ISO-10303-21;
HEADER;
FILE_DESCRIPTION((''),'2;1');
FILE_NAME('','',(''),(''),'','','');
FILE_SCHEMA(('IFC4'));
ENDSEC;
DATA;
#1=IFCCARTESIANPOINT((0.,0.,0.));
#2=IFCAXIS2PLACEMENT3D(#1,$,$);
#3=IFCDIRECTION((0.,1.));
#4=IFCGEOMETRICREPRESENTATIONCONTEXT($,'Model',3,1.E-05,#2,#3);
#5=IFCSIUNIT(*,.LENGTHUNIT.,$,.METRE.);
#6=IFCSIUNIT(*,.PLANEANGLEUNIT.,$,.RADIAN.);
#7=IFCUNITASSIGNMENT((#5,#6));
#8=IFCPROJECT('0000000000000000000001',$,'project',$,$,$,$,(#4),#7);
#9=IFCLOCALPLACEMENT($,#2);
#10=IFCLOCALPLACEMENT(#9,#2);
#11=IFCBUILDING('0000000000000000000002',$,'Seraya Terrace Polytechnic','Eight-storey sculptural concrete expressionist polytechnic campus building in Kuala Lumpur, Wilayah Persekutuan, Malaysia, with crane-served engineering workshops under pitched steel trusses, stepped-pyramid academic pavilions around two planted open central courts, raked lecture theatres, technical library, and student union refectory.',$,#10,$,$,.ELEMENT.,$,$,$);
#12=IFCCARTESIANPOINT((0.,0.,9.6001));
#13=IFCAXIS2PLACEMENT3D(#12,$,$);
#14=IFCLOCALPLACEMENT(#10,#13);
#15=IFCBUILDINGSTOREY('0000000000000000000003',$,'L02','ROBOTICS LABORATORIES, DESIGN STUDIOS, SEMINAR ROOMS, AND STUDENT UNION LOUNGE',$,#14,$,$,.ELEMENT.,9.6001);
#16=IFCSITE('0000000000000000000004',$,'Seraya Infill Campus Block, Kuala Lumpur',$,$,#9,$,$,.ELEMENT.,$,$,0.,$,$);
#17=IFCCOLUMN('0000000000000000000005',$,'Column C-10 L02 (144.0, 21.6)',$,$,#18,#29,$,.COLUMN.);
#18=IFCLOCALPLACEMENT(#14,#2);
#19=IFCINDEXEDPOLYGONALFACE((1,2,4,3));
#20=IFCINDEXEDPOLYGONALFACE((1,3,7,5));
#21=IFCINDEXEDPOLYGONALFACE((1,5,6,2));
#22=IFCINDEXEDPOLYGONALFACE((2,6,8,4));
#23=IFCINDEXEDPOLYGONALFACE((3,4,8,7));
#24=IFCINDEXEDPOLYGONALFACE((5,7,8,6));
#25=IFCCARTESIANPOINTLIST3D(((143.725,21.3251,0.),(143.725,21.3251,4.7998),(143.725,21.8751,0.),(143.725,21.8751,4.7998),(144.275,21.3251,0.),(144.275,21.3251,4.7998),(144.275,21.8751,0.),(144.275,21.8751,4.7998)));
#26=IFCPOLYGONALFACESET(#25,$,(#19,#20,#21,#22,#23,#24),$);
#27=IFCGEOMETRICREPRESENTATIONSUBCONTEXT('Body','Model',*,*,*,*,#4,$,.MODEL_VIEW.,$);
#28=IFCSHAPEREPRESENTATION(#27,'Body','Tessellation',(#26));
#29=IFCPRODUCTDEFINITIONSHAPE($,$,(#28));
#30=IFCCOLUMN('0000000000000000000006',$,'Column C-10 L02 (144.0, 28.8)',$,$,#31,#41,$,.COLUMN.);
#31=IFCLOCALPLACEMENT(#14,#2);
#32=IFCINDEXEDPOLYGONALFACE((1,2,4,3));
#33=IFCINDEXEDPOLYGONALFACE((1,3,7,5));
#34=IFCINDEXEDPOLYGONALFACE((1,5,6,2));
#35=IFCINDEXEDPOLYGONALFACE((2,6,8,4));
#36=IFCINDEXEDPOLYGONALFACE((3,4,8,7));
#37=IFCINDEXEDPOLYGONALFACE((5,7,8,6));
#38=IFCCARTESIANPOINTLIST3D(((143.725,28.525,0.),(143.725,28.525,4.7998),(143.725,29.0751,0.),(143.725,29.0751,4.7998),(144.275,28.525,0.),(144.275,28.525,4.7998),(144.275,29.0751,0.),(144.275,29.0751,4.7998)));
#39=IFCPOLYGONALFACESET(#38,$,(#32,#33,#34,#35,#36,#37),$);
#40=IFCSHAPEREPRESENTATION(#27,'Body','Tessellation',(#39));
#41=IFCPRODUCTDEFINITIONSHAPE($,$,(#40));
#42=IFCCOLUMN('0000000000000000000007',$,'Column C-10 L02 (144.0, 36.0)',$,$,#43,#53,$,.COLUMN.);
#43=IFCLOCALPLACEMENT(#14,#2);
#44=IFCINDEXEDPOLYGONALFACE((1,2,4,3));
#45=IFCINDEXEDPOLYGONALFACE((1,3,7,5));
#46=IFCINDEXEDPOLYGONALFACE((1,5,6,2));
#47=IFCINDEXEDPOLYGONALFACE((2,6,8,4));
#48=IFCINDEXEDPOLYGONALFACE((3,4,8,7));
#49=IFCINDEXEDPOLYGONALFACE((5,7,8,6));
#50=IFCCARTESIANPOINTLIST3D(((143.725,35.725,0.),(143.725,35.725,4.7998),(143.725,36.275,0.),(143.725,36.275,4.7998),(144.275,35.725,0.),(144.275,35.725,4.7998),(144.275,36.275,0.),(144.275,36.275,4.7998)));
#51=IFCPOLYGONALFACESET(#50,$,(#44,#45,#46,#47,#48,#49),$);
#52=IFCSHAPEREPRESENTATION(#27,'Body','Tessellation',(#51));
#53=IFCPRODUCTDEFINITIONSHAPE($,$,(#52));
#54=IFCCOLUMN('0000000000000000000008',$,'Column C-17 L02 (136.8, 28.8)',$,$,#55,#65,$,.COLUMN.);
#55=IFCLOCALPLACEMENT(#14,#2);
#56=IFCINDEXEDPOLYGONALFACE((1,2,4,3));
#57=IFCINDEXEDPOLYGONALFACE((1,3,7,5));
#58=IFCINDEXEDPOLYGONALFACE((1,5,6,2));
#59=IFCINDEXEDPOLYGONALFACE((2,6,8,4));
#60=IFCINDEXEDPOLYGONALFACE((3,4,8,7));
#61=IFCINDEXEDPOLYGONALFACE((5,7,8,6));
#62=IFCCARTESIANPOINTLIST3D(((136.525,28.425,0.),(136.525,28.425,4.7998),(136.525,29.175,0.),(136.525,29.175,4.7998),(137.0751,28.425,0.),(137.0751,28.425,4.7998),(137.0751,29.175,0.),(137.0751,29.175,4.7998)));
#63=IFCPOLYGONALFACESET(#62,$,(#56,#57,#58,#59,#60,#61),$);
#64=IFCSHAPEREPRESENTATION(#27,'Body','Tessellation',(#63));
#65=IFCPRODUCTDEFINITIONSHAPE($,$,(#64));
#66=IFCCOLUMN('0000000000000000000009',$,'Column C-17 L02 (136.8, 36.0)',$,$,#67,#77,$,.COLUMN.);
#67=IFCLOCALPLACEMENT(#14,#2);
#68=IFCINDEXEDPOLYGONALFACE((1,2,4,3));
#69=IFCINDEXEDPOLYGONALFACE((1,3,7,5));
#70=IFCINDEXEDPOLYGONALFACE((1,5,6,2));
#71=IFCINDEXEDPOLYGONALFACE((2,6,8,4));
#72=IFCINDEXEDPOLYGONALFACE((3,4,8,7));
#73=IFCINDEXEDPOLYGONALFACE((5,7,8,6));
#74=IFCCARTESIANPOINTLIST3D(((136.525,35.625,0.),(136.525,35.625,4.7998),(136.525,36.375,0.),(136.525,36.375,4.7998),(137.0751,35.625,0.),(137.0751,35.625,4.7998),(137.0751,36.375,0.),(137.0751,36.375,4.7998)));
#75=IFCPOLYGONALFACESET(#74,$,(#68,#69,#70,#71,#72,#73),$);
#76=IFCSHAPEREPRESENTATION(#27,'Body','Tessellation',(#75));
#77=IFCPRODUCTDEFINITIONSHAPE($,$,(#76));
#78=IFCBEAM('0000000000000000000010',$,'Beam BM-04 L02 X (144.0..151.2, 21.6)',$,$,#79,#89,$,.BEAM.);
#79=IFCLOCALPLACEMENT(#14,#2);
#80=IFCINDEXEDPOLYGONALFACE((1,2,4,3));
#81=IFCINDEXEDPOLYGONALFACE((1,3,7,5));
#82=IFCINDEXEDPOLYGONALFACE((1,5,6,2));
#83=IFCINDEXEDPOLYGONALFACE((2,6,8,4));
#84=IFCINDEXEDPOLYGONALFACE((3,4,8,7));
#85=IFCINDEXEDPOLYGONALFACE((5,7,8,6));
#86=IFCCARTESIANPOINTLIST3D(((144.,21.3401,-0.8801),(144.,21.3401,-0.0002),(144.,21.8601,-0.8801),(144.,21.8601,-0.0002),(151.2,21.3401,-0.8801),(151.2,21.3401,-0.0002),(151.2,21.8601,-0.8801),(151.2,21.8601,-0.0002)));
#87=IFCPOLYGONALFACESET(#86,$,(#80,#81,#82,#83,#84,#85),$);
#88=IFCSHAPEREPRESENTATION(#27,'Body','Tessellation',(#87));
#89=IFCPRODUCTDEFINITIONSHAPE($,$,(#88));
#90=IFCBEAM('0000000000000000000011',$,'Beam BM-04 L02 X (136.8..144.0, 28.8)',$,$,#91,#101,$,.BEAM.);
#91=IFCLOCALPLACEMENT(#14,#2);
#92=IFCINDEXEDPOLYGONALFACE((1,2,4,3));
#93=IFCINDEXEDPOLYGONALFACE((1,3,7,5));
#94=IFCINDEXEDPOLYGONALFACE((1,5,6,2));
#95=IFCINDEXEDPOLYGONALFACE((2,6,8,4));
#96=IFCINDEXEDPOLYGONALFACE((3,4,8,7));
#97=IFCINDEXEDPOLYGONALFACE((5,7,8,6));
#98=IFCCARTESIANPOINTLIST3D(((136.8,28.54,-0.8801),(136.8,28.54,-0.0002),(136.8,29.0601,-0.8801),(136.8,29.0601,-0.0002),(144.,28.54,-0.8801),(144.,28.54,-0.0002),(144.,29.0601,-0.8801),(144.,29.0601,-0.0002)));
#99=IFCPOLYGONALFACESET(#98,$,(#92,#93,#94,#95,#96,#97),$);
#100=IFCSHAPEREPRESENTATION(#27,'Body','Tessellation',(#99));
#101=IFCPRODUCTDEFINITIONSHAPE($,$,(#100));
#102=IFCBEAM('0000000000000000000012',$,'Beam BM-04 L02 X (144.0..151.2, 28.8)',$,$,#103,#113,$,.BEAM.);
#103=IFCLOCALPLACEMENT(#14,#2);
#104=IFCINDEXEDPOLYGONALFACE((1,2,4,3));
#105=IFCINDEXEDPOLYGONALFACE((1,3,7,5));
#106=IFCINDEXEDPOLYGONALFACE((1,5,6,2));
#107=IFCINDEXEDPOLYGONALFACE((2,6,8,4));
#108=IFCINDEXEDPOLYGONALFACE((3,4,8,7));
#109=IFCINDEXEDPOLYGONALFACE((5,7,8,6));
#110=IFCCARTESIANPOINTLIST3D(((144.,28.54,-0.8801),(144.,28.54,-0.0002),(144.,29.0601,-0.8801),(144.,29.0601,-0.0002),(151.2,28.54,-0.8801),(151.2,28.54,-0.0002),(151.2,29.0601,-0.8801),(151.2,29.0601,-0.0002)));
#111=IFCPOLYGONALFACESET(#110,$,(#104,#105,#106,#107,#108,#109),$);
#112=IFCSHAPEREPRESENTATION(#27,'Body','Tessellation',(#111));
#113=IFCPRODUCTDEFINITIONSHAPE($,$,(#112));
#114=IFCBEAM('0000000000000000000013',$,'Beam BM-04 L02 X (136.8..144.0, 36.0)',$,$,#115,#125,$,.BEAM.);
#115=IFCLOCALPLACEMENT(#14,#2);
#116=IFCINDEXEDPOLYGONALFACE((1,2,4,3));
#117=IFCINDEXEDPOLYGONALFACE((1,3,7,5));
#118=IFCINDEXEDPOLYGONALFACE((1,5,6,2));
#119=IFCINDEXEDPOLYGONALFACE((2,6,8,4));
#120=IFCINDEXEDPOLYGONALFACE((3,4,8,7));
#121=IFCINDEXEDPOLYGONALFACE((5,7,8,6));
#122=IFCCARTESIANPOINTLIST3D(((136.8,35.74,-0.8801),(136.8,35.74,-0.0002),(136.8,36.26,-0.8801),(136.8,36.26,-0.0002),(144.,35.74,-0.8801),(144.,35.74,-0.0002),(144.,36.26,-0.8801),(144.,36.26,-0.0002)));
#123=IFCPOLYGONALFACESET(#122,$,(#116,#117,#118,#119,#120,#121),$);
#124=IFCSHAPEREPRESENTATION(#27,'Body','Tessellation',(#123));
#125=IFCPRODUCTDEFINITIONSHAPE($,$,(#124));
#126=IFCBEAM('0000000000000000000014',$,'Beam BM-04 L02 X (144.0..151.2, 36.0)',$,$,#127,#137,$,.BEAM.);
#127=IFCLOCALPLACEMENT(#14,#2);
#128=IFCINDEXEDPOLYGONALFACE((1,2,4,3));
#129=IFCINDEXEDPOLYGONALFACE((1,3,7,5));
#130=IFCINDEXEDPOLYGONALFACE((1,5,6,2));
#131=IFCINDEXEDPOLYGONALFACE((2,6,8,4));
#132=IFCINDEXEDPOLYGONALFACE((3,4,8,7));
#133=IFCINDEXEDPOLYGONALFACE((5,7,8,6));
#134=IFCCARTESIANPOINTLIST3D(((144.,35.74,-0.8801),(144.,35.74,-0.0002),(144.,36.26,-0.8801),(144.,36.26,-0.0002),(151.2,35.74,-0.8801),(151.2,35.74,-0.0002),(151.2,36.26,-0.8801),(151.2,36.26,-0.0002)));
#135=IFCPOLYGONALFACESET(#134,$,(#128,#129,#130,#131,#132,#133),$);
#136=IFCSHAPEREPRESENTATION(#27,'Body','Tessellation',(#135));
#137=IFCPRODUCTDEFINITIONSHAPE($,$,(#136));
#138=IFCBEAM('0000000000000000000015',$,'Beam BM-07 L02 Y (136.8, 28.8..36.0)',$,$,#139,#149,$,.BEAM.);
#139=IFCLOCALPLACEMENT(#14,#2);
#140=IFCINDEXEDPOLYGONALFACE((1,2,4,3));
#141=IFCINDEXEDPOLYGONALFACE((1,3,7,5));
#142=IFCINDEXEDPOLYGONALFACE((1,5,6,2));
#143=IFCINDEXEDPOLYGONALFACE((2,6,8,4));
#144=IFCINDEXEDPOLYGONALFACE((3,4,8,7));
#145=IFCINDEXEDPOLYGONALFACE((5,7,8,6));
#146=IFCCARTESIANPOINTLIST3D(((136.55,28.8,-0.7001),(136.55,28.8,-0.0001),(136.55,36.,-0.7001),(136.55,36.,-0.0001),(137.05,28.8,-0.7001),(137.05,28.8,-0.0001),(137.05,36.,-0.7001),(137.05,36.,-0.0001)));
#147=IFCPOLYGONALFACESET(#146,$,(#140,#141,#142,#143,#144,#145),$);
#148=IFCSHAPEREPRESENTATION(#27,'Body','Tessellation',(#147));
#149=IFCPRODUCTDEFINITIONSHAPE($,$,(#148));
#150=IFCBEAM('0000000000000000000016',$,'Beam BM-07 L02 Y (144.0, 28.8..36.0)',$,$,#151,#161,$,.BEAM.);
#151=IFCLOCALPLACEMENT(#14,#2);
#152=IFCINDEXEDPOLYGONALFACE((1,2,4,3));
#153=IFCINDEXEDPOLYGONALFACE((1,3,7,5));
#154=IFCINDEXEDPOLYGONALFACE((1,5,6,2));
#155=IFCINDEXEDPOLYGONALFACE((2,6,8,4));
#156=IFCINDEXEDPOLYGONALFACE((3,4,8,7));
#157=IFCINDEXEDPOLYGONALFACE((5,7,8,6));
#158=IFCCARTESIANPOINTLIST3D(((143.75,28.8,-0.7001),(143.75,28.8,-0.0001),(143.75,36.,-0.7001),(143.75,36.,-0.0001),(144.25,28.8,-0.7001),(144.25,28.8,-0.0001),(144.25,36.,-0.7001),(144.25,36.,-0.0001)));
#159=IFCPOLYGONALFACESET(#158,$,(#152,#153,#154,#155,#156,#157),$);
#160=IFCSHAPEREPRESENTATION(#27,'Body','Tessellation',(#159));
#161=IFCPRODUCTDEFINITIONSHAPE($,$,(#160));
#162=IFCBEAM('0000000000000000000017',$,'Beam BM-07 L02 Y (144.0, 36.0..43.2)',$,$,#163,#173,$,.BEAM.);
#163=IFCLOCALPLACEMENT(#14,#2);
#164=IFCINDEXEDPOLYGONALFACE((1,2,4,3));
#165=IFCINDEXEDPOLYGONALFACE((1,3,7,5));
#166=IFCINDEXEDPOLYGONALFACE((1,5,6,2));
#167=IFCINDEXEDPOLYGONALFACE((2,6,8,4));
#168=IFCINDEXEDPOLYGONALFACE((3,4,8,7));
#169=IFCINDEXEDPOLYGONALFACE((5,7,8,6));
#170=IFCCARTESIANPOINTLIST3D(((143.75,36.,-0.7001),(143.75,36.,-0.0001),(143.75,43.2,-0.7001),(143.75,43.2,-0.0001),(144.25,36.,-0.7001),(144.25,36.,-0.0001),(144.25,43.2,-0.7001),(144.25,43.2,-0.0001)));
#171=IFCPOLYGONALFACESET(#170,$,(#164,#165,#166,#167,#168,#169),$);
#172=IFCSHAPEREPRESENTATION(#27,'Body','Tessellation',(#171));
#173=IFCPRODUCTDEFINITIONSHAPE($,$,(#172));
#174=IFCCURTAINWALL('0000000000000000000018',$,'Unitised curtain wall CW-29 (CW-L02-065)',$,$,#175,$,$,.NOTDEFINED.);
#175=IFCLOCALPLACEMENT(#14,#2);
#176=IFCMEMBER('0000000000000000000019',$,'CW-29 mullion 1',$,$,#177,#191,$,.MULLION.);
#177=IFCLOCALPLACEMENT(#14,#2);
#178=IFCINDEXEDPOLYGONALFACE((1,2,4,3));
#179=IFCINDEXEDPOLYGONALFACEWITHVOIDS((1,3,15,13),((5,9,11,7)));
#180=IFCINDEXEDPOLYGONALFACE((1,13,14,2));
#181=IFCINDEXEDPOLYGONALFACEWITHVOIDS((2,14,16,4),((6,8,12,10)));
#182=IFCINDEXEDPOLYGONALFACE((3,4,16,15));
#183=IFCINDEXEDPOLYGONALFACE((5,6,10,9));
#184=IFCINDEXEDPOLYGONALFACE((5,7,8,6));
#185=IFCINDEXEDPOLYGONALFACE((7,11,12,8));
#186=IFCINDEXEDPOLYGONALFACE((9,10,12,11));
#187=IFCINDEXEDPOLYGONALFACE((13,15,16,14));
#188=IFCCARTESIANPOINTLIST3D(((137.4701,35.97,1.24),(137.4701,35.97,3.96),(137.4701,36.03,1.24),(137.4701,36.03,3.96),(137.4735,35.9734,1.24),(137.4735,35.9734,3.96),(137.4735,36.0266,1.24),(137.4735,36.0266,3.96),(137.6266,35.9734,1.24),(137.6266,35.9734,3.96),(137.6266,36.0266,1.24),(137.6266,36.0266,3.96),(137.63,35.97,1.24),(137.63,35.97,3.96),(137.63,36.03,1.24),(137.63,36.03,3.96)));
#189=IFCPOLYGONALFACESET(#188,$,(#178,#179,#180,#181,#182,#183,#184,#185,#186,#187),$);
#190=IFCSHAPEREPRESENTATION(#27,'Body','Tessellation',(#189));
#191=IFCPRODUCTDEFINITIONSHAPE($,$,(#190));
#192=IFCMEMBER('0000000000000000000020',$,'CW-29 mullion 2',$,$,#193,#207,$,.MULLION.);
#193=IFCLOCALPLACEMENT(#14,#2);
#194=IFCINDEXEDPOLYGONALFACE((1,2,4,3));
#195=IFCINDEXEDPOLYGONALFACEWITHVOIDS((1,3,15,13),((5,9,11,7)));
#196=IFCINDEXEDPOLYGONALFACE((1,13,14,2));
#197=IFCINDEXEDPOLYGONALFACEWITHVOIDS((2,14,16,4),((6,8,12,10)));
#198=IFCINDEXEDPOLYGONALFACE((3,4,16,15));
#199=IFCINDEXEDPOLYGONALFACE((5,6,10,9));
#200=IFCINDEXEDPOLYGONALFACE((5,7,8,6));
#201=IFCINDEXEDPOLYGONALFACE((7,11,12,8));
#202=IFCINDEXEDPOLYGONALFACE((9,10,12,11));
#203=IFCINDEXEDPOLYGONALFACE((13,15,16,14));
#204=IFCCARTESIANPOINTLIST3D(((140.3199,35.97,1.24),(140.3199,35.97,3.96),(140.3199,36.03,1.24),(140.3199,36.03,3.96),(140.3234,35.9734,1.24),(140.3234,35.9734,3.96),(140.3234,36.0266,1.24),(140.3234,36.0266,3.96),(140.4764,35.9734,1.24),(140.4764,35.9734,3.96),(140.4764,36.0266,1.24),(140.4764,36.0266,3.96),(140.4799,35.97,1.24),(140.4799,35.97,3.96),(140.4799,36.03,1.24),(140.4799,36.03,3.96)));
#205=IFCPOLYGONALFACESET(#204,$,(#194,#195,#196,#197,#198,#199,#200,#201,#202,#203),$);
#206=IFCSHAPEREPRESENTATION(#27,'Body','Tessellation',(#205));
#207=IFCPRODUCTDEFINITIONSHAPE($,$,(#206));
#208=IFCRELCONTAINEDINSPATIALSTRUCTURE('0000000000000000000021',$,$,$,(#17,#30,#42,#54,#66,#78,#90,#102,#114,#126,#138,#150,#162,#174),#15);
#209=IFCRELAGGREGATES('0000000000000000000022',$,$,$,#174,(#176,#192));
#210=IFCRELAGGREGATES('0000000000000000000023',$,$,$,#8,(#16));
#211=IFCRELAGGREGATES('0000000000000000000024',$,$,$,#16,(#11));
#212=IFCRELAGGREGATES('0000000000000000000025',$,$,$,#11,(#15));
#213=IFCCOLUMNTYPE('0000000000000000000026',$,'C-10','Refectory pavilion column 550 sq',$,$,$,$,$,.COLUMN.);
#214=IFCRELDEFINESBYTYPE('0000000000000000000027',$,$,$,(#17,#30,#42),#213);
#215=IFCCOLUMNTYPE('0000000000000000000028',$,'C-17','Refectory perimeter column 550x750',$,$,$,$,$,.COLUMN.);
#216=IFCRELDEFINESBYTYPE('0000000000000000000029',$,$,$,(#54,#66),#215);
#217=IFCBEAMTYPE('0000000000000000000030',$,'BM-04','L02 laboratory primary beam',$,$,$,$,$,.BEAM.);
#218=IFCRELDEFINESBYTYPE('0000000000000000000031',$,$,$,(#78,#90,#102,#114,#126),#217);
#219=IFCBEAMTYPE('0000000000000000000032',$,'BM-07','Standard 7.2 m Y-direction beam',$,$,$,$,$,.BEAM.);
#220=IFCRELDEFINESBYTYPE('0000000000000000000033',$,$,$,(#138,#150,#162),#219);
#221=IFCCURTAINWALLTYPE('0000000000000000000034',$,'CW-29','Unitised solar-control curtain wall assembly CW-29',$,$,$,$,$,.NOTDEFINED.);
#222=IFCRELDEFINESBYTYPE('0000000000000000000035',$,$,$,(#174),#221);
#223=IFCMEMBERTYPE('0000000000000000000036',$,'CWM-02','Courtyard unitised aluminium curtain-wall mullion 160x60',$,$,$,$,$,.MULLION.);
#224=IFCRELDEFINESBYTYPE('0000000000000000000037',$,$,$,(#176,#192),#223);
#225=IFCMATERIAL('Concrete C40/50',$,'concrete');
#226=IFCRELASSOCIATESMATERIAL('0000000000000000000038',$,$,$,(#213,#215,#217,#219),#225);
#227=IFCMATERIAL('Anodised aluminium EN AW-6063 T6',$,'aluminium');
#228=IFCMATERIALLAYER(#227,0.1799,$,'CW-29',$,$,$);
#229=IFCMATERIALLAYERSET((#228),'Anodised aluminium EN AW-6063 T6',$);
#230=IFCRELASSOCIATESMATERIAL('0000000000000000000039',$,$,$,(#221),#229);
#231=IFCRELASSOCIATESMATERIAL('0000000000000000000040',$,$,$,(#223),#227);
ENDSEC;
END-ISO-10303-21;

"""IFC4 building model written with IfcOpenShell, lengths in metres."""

from ifc_helpers import new_model, si_unit, direction, frame, origin, origin_2d, place, context, subcontext, project, spatial, rectangle, hollow_rectangle, extrude, material, layer, layer_set, material_profile, profile_set, type_object, element, aggregate, save


model = new_model("IFC4")

# Units and contexts
model_context = context("Model", 3, precision=1e-05, world=origin(), true_north=direction((0.0, 1.0)))
body_context = subcontext(model_context, "Body", "Model", "MODEL_VIEW")
ifc_project = project(units=[si_unit("LENGTHUNIT", "METRE"), si_unit("PLANEANGLEUNIT", "RADIAN")], contexts=[model_context])

# Site, building, storey
site_placement = place(None, origin())
site = spatial("IfcSite", under=ifc_project, at=site_placement, Name="Seraya Infill Campus Block, Kuala Lumpur", CompositionType="ELEMENT", RefElevation=0.0)
building_placement = place(site_placement, origin())
building = spatial("IfcBuilding", under=site, at=building_placement, Name="Seraya Terrace Polytechnic", Description="Eight-storey sculptural concrete expressionist polytechnic campus building in Kuala Lumpur, Wilayah Persekutuan, Malaysia, with crane-served engineering workshops under pitched steel trusses, stepped-pyramid academic pavilions around two planted open central courts, raked lecture theatres, technical library, and student union refectory.", CompositionType="ELEMENT")
storey_placement = place(building_placement, frame((0.0, 0.0, 9.6001)))
storey = spatial("IfcBuildingStorey", under=building, at=storey_placement, Name="L02", Description="ROBOTICS LABORATORIES, DESIGN STUDIOS, SEMINAR ROOMS, AND STUDENT UNION LOUNGE", CompositionType="ELEMENT", Elevation=9.6001)

# Columns
ifc_material_1 = material(Name="Concrete C40/50", Category="concrete")
ifc_material_profile_1 = material_profile(ifc_material_1, rectangle(XDim=0.55, YDim=0.55, at=origin_2d()), Name="RC 550x550")
ifc_profile_set_1 = profile_set([ifc_material_profile_1], Name="Concrete C40/50")
column_type_1 = type_object("IfcColumnType", Name="C-10", Description="Refectory pavilion column 550 sq", PredefinedType="COLUMN", material=ifc_profile_set_1)
for number, where, z_axis, x_axis, name in (
    (1, (144.0, 21.6001, 0.0), (0.0, 0.0, 1.0), (1.0, 0.0, 0.0), "Column C-10 L02 (144.0, 21.6)"),
    (2, (144.0, 28.8, 0.0), (0.0, 0.0, 1.0), (1.0, 0.0, 0.0), "Column C-10 L02 (144.0, 28.8)"),
    (3, (144.0, 36.0, 0.0), (0.0, 0.0, 1.0), (1.0, 0.0, 0.0), "Column C-10 L02 (144.0, 36.0)"),
):
    element("IfcColumn", number, at=place(storey_placement, frame(where, z_axis=z_axis, x_axis=x_axis)), inside=storey, type_object=column_type_1, Name=name, PredefinedType="COLUMN", context=body_context, shape_type="SweptSolid", body=[
        extrude(rectangle(XDim=0.55, YDim=0.55, at=origin_2d()), origin(), (0.0, 0.0, 1.0), 4.7998),
    ])
ifc_material_profile_2 = material_profile(ifc_material_1, rectangle(XDim=0.55, YDim=0.75, at=origin_2d()), Name="RC 550x750")
ifc_profile_set_2 = profile_set([ifc_material_profile_2], Name="Concrete C40/50")
column_type_2 = type_object("IfcColumnType", Name="C-17", Description="Refectory perimeter column 550x750", PredefinedType="COLUMN", material=ifc_profile_set_2)
for number, where, z_axis, x_axis, name in (
    (4, (136.8, 28.8, 0.0), (0.0, 0.0, 1.0), (1.0, 0.0, 0.0), "Column C-17 L02 (136.8, 28.8)"),
    (5, (136.8, 36.0, 0.0), (0.0, 0.0, 1.0), (1.0, 0.0, 0.0), "Column C-17 L02 (136.8, 36.0)"),
):
    element("IfcColumn", number, at=place(storey_placement, frame(where, z_axis=z_axis, x_axis=x_axis)), inside=storey, type_object=column_type_2, Name=name, PredefinedType="COLUMN", context=body_context, shape_type="SweptSolid", body=[
        extrude(rectangle(XDim=0.55, YDim=0.75, at=origin_2d()), origin(), (0.0, 0.0, 1.0), 4.7998),
    ])

# Beams
ifc_material_profile_3 = material_profile(ifc_material_1, rectangle(XDim=0.52, YDim=0.8799, at=origin_2d()), Name="RC 520x880")
ifc_profile_set_3 = profile_set([ifc_material_profile_3], Name="Concrete C40/50")
beam_type_1 = type_object("IfcBeamType", Name="BM-04", Description="L02 laboratory primary beam", PredefinedType="BEAM", material=ifc_profile_set_3)
for number, where, z_axis, x_axis, name in (
    (6, (144.0, 21.6001, -0.4402), (1.0, 0.0, 0.0), (0.0, 1.0, 0.0), "Beam BM-04 L02 X (144.0..151.2, 21.6)"),
    (7, (136.8, 28.8, -0.4402), (1.0, 0.0, 0.0), (0.0, 1.0, 0.0), "Beam BM-04 L02 X (136.8..144.0, 28.8)"),
    (8, (144.0, 28.8, -0.4402), (1.0, 0.0, 0.0), (0.0, 1.0, 0.0), "Beam BM-04 L02 X (144.0..151.2, 28.8)"),
    (9, (136.8, 36.0, -0.4402), (1.0, 0.0, 0.0), (0.0, 1.0, 0.0), "Beam BM-04 L02 X (136.8..144.0, 36.0)"),
    (10, (144.0, 36.0, -0.4402), (1.0, 0.0, 0.0), (0.0, 1.0, 0.0), "Beam BM-04 L02 X (144.0..151.2, 36.0)"),
):
    element("IfcBeam", number, at=place(storey_placement, frame(where, z_axis=z_axis, x_axis=x_axis)), inside=storey, type_object=beam_type_1, Name=name, PredefinedType="BEAM", context=body_context, shape_type="SweptSolid", body=[
        extrude(rectangle(XDim=0.52, YDim=0.8799, at=origin_2d()), origin(), (0.0, 0.0, 1.0), 7.2),
    ])
ifc_material_profile_4 = material_profile(ifc_material_1, rectangle(XDim=0.5, YDim=0.7, at=origin_2d()), Name="RC 500x700")
ifc_profile_set_4 = profile_set([ifc_material_profile_4], Name="Concrete C40/50")
beam_type_2 = type_object("IfcBeamType", Name="BM-07", Description="Standard 7.2 m Y-direction beam", PredefinedType="BEAM", material=ifc_profile_set_4)
for number, where, z_axis, x_axis, name in (
    (11, (136.8, 28.8, -0.3501), (0.0, 1.0, 0.0), (-1.0, 0.0, 0.0), "Beam BM-07 L02 Y (136.8, 28.8..36.0)"),
    (12, (144.0, 28.8, -0.3501), (0.0, 1.0, 0.0), (-1.0, 0.0, 0.0), "Beam BM-07 L02 Y (144.0, 28.8..36.0)"),
    (13, (144.0, 36.0, -0.3501), (0.0, 1.0, 0.0), (-1.0, 0.0, 0.0), "Beam BM-07 L02 Y (144.0, 36.0..43.2)"),
):
    element("IfcBeam", number, at=place(storey_placement, frame(where, z_axis=z_axis, x_axis=x_axis)), inside=storey, type_object=beam_type_2, Name=name, PredefinedType="BEAM", context=body_context, shape_type="SweptSolid", body=[
        extrude(rectangle(XDim=0.5, YDim=0.7, at=origin_2d()), origin(), (0.0, 0.0, 1.0), 7.2),
    ])

# Curtain wall, members
ifc_material_2 = material(Name="Anodised aluminium EN AW-6063 T6", Category="aluminium")
ifc_layer_1 = layer(ifc_material_2, 0.1799, Name="CW-29")
ifc_layer_set_1 = layer_set([ifc_layer_1], Name="Anodised aluminium EN AW-6063 T6")
curtain_wall_type = type_object("IfcCurtainWallType", Name="CW-29", Description="Unitised solar-control curtain wall assembly CW-29", PredefinedType="NOTDEFINED", material=ifc_layer_set_1)
curtain_wall_placement = place(storey_placement, origin())
curtain_wall = element("IfcCurtainWall", 14, at=curtain_wall_placement, inside=storey, type_object=curtain_wall_type, Name="Unitised curtain wall CW-29 (CW-L02-065)", PredefinedType="NOTDEFINED")
ifc_material_profile_5 = material_profile(ifc_material_2, hollow_rectangle(XDim=0.0601, YDim=0.1599, WallThickness=0.0034, at=origin_2d()), Name="RHS 160x60x3.5")
ifc_profile_set_5 = profile_set([ifc_material_profile_5], Name="Anodised aluminium EN AW-6063 T6")
member_type_1 = type_object("IfcMemberType", Name="CWM-02", Description="Courtyard unitised aluminium curtain-wall mullion 160x60", PredefinedType="MULLION", material=ifc_profile_set_5)
member_1_placement = place(storey_placement, frame((137.55, 36.0, 1.24), z_axis=(0.0, 0.0, 1.0), x_axis=(0.0, 1.0, 0.0)))
member_1 = element("IfcMember", 15, at=member_1_placement, type_object=member_type_1, Name="CW-29 mullion 1", PredefinedType="MULLION", context=body_context, shape_type="SweptSolid", body=[
    extrude(hollow_rectangle(XDim=0.0601, YDim=0.1599, WallThickness=0.0034, at=origin_2d()), origin(), (0.0, 0.0, 1.0), 2.72),
])
member_2_placement = place(storey_placement, frame((140.3999, 36.0, 1.24), z_axis=(0.0, 0.0, 1.0), x_axis=(0.0, 1.0, 0.0)))
member_2 = element("IfcMember", 16, at=member_2_placement, type_object=member_type_1, Name="CW-29 mullion 2", PredefinedType="MULLION", context=body_context, shape_type="SweptSolid", body=[
    extrude(hollow_rectangle(XDim=0.0601, YDim=0.1599, WallThickness=0.0034, at=origin_2d()), origin(), (0.0, 0.0, 1.0), 2.72),
])
aggregate(curtain_wall, [member_1, member_2])

save(model, "model.ifc")
